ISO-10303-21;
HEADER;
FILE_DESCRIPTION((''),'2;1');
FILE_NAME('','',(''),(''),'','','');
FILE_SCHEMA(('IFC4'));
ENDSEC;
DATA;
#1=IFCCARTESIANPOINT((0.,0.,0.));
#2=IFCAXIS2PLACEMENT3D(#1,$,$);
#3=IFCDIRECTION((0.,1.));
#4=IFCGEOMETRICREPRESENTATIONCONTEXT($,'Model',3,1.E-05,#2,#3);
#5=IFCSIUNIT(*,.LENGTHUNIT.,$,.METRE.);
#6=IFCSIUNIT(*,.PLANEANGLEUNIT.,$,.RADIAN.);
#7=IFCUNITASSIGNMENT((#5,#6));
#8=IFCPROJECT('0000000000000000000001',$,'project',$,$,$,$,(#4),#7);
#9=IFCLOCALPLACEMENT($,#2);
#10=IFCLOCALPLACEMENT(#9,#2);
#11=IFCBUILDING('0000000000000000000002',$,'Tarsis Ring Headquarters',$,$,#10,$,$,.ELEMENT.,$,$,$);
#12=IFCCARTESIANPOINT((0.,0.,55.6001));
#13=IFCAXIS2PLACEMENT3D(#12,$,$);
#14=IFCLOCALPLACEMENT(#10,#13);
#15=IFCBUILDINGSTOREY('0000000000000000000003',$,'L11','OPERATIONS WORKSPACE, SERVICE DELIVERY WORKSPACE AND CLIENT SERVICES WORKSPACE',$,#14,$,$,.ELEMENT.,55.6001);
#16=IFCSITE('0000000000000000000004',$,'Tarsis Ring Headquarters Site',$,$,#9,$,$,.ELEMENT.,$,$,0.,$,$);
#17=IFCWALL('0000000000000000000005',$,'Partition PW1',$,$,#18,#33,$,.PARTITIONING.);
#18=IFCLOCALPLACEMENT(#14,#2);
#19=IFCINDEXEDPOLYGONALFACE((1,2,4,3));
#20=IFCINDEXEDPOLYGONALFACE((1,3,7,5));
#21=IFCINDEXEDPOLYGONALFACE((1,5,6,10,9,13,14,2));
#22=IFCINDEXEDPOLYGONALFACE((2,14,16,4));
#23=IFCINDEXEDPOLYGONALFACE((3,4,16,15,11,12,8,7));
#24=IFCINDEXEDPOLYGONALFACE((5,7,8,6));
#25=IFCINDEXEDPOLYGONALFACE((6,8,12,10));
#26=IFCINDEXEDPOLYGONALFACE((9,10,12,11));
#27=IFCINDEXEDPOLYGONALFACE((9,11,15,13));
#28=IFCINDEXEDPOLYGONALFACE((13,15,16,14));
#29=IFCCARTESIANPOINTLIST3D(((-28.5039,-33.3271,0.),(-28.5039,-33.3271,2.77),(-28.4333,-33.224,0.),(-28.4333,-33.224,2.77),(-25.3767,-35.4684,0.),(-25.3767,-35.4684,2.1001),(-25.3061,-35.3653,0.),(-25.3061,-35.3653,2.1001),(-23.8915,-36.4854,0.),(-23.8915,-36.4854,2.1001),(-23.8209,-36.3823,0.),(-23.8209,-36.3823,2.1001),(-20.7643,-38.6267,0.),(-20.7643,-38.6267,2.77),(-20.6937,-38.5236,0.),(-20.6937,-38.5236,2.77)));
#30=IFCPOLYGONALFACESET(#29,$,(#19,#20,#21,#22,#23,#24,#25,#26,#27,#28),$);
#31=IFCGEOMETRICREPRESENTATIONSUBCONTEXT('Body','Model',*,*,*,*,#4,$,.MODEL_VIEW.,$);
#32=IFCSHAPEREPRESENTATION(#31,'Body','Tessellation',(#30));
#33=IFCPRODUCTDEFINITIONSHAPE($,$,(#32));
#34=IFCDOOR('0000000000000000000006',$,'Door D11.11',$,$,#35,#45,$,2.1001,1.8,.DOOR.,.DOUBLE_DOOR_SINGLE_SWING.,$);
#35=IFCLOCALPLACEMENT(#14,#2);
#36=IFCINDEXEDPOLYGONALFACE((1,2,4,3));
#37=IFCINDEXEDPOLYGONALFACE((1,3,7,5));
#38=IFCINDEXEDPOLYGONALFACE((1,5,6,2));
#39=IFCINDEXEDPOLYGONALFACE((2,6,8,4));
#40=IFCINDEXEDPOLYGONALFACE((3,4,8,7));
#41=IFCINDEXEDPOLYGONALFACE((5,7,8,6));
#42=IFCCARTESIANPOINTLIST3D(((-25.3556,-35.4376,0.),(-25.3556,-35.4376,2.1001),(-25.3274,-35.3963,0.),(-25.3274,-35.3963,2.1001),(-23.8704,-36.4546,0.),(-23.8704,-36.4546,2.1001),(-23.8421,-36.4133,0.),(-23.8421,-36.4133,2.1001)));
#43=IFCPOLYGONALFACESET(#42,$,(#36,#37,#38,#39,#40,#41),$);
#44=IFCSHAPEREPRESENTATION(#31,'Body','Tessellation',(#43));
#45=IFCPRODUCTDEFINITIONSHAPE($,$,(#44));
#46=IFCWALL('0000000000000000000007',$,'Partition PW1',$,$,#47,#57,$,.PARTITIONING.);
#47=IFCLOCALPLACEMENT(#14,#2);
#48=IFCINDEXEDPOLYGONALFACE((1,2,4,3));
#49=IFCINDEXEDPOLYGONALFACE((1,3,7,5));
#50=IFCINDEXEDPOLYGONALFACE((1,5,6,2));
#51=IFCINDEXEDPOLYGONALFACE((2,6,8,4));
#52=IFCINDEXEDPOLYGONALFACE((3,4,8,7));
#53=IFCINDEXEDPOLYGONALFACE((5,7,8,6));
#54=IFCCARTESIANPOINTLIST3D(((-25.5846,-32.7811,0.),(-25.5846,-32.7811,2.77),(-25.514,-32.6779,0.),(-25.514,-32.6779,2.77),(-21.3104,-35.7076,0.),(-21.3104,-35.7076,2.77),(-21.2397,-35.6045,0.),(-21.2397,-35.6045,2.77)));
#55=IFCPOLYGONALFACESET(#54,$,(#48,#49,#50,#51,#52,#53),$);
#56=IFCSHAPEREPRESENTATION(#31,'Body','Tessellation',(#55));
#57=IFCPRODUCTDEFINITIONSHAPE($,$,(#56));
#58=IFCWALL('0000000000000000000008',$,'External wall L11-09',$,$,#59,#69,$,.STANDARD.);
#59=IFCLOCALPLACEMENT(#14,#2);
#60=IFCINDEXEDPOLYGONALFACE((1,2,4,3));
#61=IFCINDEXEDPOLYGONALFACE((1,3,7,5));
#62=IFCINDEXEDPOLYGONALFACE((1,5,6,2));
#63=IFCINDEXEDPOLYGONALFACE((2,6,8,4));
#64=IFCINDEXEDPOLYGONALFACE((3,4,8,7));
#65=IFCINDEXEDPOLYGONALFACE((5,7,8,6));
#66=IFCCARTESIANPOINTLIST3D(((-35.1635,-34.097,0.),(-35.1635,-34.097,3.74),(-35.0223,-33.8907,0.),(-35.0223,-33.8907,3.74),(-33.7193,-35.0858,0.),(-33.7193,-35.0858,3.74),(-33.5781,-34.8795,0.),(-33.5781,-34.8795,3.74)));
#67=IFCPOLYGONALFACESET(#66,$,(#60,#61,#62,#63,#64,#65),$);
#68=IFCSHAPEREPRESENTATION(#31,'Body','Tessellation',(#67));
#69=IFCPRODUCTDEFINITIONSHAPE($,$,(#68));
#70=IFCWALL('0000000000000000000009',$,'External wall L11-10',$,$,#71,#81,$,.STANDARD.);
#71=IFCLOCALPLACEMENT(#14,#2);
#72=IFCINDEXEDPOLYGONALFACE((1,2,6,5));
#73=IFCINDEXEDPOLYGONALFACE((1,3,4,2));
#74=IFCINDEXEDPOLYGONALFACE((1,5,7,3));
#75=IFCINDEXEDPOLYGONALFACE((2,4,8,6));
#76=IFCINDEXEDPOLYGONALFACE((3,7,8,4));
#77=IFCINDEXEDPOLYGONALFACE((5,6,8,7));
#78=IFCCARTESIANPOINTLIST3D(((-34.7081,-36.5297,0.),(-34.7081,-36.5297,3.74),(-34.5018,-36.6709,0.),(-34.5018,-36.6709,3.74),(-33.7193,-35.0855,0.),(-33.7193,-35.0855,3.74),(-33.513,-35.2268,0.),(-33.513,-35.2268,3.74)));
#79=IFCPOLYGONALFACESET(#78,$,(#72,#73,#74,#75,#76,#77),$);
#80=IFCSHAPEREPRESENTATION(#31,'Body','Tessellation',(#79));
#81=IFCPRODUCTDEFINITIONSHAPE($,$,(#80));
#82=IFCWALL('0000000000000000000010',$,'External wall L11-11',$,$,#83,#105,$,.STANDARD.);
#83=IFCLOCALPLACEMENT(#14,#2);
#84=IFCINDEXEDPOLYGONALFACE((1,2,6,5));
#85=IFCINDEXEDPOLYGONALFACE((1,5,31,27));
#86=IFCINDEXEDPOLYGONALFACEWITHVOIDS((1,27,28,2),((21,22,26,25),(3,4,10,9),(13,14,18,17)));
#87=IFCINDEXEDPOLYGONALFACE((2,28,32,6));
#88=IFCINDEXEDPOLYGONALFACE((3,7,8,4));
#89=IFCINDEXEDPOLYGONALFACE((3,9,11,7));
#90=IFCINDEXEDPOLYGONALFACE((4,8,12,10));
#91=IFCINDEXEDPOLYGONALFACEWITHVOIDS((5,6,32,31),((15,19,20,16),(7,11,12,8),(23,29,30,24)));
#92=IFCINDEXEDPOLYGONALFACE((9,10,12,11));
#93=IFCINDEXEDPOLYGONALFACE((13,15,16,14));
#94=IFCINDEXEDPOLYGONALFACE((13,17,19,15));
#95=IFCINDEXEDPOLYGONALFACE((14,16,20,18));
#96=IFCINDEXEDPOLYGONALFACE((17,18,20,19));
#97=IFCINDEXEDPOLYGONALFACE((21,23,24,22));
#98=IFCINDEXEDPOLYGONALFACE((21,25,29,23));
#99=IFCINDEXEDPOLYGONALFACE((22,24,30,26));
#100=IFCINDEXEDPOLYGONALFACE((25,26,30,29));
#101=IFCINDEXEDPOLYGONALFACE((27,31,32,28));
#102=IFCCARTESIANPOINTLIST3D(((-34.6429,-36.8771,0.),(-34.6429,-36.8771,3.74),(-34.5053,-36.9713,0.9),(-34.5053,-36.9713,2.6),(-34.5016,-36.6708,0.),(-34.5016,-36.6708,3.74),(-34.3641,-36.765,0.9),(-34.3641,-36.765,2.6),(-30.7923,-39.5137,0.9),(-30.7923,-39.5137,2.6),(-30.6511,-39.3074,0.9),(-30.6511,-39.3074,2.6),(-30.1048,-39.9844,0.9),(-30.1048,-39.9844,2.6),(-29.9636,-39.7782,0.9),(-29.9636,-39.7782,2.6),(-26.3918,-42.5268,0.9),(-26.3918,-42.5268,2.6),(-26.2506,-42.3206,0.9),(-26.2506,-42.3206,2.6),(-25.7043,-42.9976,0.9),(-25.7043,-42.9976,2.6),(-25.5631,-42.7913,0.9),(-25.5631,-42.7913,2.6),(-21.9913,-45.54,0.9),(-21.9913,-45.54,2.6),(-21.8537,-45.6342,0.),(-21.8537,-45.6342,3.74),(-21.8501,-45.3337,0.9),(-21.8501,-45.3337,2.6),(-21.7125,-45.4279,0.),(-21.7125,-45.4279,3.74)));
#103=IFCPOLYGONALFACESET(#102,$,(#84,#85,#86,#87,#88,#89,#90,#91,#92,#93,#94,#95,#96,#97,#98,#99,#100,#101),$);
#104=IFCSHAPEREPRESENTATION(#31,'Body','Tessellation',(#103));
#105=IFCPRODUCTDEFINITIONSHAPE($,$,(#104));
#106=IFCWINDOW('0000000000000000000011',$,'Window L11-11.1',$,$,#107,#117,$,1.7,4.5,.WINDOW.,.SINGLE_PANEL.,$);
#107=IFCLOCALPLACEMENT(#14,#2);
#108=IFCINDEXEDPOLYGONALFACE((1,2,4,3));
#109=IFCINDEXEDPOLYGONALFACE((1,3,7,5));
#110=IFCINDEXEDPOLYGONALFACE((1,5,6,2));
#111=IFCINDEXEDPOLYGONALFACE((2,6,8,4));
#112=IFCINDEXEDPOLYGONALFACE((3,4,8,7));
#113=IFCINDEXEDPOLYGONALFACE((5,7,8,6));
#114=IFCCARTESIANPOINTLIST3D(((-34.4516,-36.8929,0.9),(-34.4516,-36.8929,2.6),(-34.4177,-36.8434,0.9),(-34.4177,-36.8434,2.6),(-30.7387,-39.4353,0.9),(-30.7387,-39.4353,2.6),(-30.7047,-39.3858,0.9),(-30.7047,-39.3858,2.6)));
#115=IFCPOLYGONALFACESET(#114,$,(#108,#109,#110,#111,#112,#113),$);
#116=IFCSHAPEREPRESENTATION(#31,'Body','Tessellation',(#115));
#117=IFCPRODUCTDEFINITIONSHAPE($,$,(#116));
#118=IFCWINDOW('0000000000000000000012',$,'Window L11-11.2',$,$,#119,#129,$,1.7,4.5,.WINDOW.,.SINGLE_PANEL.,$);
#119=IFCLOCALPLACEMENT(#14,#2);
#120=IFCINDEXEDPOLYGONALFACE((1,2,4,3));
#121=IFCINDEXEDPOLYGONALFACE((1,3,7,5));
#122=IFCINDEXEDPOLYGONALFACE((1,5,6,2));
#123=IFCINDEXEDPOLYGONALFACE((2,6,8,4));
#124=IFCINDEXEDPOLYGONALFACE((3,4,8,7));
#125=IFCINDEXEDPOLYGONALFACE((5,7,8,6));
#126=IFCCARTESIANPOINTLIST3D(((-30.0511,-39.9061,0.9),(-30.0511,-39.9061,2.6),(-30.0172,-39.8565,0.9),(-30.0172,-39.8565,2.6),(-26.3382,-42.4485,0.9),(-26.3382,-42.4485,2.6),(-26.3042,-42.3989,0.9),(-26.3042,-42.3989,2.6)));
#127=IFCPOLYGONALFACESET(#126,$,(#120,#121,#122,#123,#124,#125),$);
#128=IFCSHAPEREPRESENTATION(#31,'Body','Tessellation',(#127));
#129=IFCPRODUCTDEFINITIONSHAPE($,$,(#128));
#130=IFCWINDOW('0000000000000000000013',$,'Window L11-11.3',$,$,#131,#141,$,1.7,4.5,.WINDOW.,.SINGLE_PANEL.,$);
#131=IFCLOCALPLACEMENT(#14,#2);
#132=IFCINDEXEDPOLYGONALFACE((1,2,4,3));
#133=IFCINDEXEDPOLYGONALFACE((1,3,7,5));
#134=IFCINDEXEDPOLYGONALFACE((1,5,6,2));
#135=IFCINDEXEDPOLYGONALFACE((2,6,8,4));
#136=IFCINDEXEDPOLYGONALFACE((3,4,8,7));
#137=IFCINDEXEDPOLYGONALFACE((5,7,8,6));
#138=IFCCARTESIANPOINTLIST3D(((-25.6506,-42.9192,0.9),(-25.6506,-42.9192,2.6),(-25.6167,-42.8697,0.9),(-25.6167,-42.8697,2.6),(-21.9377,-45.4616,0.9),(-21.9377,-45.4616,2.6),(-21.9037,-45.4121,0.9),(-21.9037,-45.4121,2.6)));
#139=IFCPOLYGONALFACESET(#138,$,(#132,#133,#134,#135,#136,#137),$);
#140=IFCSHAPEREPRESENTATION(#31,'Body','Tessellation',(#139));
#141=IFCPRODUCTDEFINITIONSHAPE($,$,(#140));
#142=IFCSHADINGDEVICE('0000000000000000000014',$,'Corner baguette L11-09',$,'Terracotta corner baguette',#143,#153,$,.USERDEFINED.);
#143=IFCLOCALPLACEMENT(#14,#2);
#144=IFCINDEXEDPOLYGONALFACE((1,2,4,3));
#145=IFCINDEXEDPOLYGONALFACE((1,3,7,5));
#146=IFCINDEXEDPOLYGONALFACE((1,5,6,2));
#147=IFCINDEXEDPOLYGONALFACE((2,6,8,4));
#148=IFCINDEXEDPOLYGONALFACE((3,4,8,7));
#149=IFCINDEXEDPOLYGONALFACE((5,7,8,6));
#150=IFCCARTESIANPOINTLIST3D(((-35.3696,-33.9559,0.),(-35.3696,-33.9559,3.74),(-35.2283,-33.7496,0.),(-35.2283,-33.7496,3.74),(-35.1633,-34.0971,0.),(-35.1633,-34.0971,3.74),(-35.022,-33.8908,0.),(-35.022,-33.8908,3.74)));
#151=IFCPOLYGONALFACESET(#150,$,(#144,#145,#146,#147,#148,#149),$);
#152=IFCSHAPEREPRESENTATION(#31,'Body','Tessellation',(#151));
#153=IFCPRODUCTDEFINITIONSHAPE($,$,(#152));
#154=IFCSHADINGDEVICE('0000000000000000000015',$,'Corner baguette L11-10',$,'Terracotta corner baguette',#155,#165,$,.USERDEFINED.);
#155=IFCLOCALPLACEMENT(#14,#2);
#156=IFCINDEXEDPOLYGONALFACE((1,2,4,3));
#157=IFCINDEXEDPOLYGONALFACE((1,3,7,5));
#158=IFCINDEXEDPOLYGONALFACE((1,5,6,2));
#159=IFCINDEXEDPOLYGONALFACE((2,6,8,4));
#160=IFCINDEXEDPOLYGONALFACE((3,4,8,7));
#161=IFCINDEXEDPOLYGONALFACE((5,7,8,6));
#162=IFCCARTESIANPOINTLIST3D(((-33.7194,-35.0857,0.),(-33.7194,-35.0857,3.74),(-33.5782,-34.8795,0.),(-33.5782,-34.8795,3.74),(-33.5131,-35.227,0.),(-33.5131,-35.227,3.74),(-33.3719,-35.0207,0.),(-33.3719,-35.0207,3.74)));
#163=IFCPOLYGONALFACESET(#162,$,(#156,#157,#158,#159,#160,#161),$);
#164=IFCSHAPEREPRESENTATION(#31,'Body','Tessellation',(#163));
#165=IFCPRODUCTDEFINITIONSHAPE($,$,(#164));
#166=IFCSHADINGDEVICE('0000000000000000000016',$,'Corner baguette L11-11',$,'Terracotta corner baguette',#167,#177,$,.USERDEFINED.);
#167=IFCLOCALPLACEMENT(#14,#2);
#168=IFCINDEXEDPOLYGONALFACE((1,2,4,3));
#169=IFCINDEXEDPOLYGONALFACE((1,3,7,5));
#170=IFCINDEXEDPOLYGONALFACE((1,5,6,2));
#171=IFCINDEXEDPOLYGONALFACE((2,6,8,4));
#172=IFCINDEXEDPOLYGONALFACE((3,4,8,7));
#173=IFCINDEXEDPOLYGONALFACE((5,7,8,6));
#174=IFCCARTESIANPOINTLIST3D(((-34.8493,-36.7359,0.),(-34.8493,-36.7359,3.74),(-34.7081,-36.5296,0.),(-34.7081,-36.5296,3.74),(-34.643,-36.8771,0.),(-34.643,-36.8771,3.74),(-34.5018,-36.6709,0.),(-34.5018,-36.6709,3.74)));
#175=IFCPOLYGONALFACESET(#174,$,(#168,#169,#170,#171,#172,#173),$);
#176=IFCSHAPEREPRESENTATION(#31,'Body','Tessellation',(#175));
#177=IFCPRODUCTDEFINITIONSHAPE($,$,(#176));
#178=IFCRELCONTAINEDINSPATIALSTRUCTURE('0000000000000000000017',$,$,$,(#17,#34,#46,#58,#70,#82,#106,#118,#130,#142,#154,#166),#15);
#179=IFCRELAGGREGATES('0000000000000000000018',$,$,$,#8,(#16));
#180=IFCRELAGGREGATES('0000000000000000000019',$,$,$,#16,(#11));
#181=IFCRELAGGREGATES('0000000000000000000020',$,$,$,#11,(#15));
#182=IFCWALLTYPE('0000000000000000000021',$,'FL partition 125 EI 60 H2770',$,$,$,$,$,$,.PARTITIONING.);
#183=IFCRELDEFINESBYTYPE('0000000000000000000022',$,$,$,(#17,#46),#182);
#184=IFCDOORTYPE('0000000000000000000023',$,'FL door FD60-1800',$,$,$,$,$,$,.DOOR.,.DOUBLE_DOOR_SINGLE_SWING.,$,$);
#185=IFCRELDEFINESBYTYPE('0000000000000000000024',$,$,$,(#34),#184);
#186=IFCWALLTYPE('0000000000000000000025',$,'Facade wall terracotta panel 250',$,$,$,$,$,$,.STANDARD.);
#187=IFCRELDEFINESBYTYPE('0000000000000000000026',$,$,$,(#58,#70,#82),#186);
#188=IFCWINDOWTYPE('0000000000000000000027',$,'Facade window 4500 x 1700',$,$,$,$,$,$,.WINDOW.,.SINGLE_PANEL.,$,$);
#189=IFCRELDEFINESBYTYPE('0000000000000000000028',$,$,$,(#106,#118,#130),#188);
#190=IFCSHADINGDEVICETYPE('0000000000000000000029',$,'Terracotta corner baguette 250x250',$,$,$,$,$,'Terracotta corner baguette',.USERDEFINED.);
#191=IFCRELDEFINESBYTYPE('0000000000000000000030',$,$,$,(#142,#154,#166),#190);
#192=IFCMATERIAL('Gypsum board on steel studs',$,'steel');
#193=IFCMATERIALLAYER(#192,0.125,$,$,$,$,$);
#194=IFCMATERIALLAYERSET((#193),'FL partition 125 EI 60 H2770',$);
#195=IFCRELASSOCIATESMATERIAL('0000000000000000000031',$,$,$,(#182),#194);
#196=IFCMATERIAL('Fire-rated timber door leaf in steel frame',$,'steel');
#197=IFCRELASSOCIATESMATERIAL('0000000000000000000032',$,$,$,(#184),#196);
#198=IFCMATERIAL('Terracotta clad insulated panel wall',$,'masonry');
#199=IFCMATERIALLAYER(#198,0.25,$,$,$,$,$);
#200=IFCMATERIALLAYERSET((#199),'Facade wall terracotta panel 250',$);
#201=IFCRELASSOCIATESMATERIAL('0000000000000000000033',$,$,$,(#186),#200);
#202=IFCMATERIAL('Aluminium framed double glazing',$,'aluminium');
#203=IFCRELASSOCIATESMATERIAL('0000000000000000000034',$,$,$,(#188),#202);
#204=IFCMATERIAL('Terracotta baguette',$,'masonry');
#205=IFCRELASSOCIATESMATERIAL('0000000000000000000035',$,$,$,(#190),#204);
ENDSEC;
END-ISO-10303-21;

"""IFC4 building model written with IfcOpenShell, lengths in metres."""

from ifc_helpers import new_model, si_unit, direction, frame, frame_2d, origin, origin_2d, place, context, subcontext, project, spatial, rectangle, extrude, material, layer, layer_set, type_object, element, fill, save


model = new_model("IFC4")

# Units and contexts
model_context = context("Model", 3, precision=1e-05, world=origin(), true_north=direction((0.0, 1.0)))
body_context = subcontext(model_context, "Body", "Model", "MODEL_VIEW")
ifc_project = project(units=[si_unit("LENGTHUNIT", "METRE"), si_unit("PLANEANGLEUNIT", "RADIAN")], contexts=[model_context])

# Site, building, storey
site_placement = place(None, origin())
site = spatial("IfcSite", under=ifc_project, at=site_placement, Name="Tarsis Ring Headquarters Site", CompositionType="ELEMENT", RefElevation=0.0)
building_placement = place(site_placement, origin())
building = spatial("IfcBuilding", under=site, at=building_placement, Name="Tarsis Ring Headquarters", CompositionType="ELEMENT")
storey_placement = place(building_placement, frame((0.0, 0.0, 55.6001)))
storey = spatial("IfcBuildingStorey", under=building, at=storey_placement, Name="L11", Description="OPERATIONS WORKSPACE, SERVICE DELIVERY WORKSPACE AND CLIENT SERVICES WORKSPACE", CompositionType="ELEMENT", Elevation=55.6001)

# Wall, opening, door
ifc_material_1 = material(Name="Gypsum board on steel studs", Category="steel")
ifc_layer_1 = layer(ifc_material_1, 0.125)
ifc_layer_set_1 = layer_set([ifc_layer_1], Name="FL partition 125 EI 60 H2770")
wall_type_1 = type_object("IfcWallType", Name="FL partition 125 EI 60 H2770", PredefinedType="PARTITIONING", material=ifc_layer_set_1)
ifc_material_2 = material(Name="Fire-rated timber door leaf in steel frame", Category="steel")
wall_1_placement = place(storey_placement, frame((-28.4685, -33.2756, 0.0), z_axis=(0.0, 0.0, 1.0), x_axis=(0.825103, -0.564982, 0.0)))
wall_1 = element("IfcWall", 1, at=wall_1_placement, inside=storey, type_object=wall_type_1, Name="Partition PW1", PredefinedType="PARTITIONING", context=body_context, shape_type="SweptSolid", body=[
    extrude(rectangle(XDim=9.3801, YDim=0.125, at=frame_2d((4.6899, 0.0))), origin(), (0.0, 0.0, 1.0), 2.77),
])
opening_1_placement = place(wall_1_placement, frame((3.79, 0.0, 0.0)))
opening_1 = element("IfcOpeningElement", 2, at=opening_1_placement, cuts=wall_1, PredefinedType="OPENING", context=body_context, shape_type="SweptSolid", body=[
    extrude(rectangle(XDim=1.8, YDim=2.1001, at=frame_2d((0.8999, 1.05))), frame((0.0, 0.0725, 0.0), z_axis=(0.0, -1.0, 0.0), x_axis=(1.0, 0.0, 0.0)), (0.0, 0.0, 1.0), 0.145),
])
door_type_1 = type_object("IfcDoorType", Name="FL door FD60-1800", OperationType="DOUBLE_DOOR_SINGLE_SWING", PredefinedType="DOOR", material=ifc_material_2)
door_1_placement = place(opening_1_placement, origin())
door_1 = element("IfcDoor", 3, at=door_1_placement, inside=storey, type_object=door_type_1, Name="Door D11.11", OperationType="DOUBLE_DOOR_SINGLE_SWING", OverallHeight=2.1001, OverallWidth=1.8, PredefinedType="DOOR", context=body_context, shape_type="SweptSolid", body=[
    extrude(rectangle(XDim=1.8, YDim=2.1001, at=frame_2d((0.8999, 1.05))), frame((0.0, 0.0249, 0.0), z_axis=(0.0, -1.0, 0.0), x_axis=(1.0, 0.0, 0.0)), (0.0, 0.0, 1.0), 0.05),
])
fill(opening_1, door_1)

# Walls
wall_2_placement = place(storey_placement, frame((-25.5493, -32.7295, 0.0), z_axis=(0.0, 0.0, 1.0), x_axis=(0.82512, -0.564958, 0.0)))
element("IfcWall", 4, at=wall_2_placement, inside=storey, type_object=wall_type_1, Name="Partition PW1", PredefinedType="PARTITIONING", context=body_context, shape_type="SweptSolid", body=[
    extrude(rectangle(XDim=5.1802, YDim=0.125, at=frame_2d((2.5901, 0.0))), origin(), (0.0, 0.0, 1.0), 2.77),
])
ifc_material_3 = material(Name="Terracotta clad insulated panel wall", Category="masonry")
ifc_layer_2 = layer(ifc_material_3, 0.25)
ifc_layer_set_2 = layer_set([ifc_layer_2], Name="Facade wall terracotta panel 250")
wall_type_2 = type_object("IfcWallType", Name="Facade wall terracotta panel 250", PredefinedType="STANDARD", material=ifc_layer_set_2)
for number, where, z_axis, x_axis, name in (
    (5, (-35.0928, -33.9939, 0.0), (0.0, 0.0, 1.0), (0.825119, -0.564959, 0.0), "External wall L11-09"),
    (6, (-33.6162, -35.1562, 0.0), (0.0, 0.0, 1.0), (-0.564959, -0.825119, 0.0), "External wall L11-10"),
):
    element("IfcWall", number, at=place(storey_placement, frame(where, z_axis=z_axis, x_axis=x_axis)), inside=storey, type_object=wall_type_2, Name=name, PredefinedType="STANDARD", context=body_context, shape_type="SweptSolid", body=[
        extrude(rectangle(XDim=1.7502, YDim=0.25, at=frame_2d((0.875, 0.0))), origin(), (0.0, 0.0, 1.0), 3.74),
    ])

# Wall, openings, windows
wall_3_placement = place(storey_placement, frame((-34.5723, -36.7739, 0.0), z_axis=(0.0, 0.0, 1.0), x_axis=(0.825107, -0.564977, 0.0)))
wall_3 = element("IfcWall", 7, at=wall_3_placement, inside=storey, type_object=wall_type_2, Name="External wall L11-11", PredefinedType="STANDARD", context=body_context, shape_type="SweptSolid", body=[
    extrude(rectangle(XDim=15.5, YDim=0.25, at=frame_2d((7.75, 0.0))), origin(), (0.0, 0.0, 1.0), 3.74),
])
opening_2_placement = place(wall_3_placement, frame((0.1667, 0.0, 0.8999)))
opening_2 = element("IfcOpeningElement", 8, at=opening_2_placement, cuts=wall_3, PredefinedType="OPENING", context=body_context, shape_type="SweptSolid", body=[
    extrude(rectangle(XDim=4.5, YDim=1.7, at=frame_2d((2.25, 0.8501))), frame((0.0, 0.135, 0.0), z_axis=(0.0, -1.0, 0.0), x_axis=(1.0, 0.0, 0.0)), (0.0, 0.0, 1.0), 0.27),
])
opening_3_placement = place(wall_3_placement, frame((5.5, 0.0, 0.8999)))
opening_3 = element("IfcOpeningElement", 9, at=opening_3_placement, cuts=wall_3, PredefinedType="OPENING", context=body_context, shape_type="SweptSolid", body=[
    extrude(rectangle(XDim=4.5, YDim=1.7, at=frame_2d((2.25, 0.8501))), frame((0.0, 0.135, 0.0), z_axis=(0.0, -1.0, 0.0), x_axis=(1.0, 0.0, 0.0)), (0.0, 0.0, 1.0), 0.27),
])
opening_4_placement = place(wall_3_placement, frame((10.8333, 0.0, 0.8999)))
opening_4 = element("IfcOpeningElement", 10, at=opening_4_placement, cuts=wall_3, PredefinedType="OPENING", context=body_context, shape_type="SweptSolid", body=[
    extrude(rectangle(XDim=4.5, YDim=1.7, at=frame_2d((2.25, 0.8501))), frame((0.0, 0.135, 0.0), z_axis=(0.0, -1.0, 0.0), x_axis=(1.0, 0.0, 0.0)), (0.0, 0.0, 1.0), 0.27),
])
ifc_material_4 = material(Name="Aluminium framed double glazing", Category="aluminium")
window_type = type_object("IfcWindowType", Name="Facade window 4500 x 1700", PartitioningType="SINGLE_PANEL", PredefinedType="WINDOW", material=ifc_material_4)
window_1_placement = place(opening_2_placement, origin())
window_1 = element("IfcWindow", 11, at=window_1_placement, inside=storey, type_object=window_type, Name="Window L11-11.1", OverallHeight=1.7, OverallWidth=4.5, PartitioningType="SINGLE_PANEL", PredefinedType="WINDOW", context=body_context, shape_type="SweptSolid", body=[
    extrude(rectangle(XDim=4.5, YDim=1.7, at=frame_2d((2.25, 0.8501))), frame((0.0, 0.03, 0.0), z_axis=(0.0, -1.0, 0.0), x_axis=(1.0, 0.0, 0.0)), (0.0, 0.0, 1.0), 0.0601),
])
fill(opening_2, window_1)
window_2_placement = place(opening_3_placement, origin())
window_2 = element("IfcWindow", 12, at=window_2_placement, inside=storey, type_object=window_type, Name="Window L11-11.2", OverallHeight=1.7, OverallWidth=4.5, PartitioningType="SINGLE_PANEL", PredefinedType="WINDOW", context=body_context, shape_type="SweptSolid", body=[
    extrude(rectangle(XDim=4.5, YDim=1.7, at=frame_2d((2.25, 0.8501))), frame((0.0, 0.03, 0.0), z_axis=(0.0, -1.0, 0.0), x_axis=(1.0, 0.0, 0.0)), (0.0, 0.0, 1.0), 0.0601),
])
fill(opening_3, window_2)
window_3_placement = place(opening_4_placement, origin())
window_3 = element("IfcWindow", 13, at=window_3_placement, inside=storey, type_object=window_type, Name="Window L11-11.3", OverallHeight=1.7, OverallWidth=4.5, PartitioningType="SINGLE_PANEL", PredefinedType="WINDOW", context=body_context, shape_type="SweptSolid", body=[
    extrude(rectangle(XDim=4.5, YDim=1.7, at=frame_2d((2.25, 0.8501))), frame((0.0, 0.03, 0.0), z_axis=(0.0, -1.0, 0.0), x_axis=(1.0, 0.0, 0.0)), (0.0, 0.0, 1.0), 0.0601),
])
fill(opening_4, window_3)

# Shading devices
ifc_material_5 = material(Name="Terracotta baguette", Category="masonry")
shading_device_type_1 = type_object("IfcShadingDeviceType", Name="Terracotta corner baguette 250x250", ElementType="Terracotta corner baguette", PredefinedType="USERDEFINED", material=ifc_material_5)
for number, where, z_axis, x_axis, name in (
    (14, (-35.1958, -33.9233, 0.0), (0.0, 0.0, 1.0), (-0.564967, -0.825113, 0.0), "Corner baguette L11-09"),
    (15, (-33.5457, -35.0532, 0.0), (0.0, 0.0, 1.0), (0.825113, -0.564967, 0.0), "Corner baguette L11-10"),
    (16, (-34.6755, -36.7034, 0.0), (0.0, 0.0, 1.0), (-0.564967, -0.825113, 0.0), "Corner baguette L11-11"),
):
    element("IfcShadingDevice", number, at=place(storey_placement, frame(where, z_axis=z_axis, x_axis=x_axis)), inside=storey, type_object=shading_device_type_1, Name=name, ObjectType="Terracotta corner baguette", PredefinedType="USERDEFINED", context=body_context, shape_type="SweptSolid", body=[
        extrude(rectangle(XDim=0.25, YDim=0.25, at=origin_2d()), origin(), (0.0, 0.0, 1.0), 3.74),
    ])

save(model, "model.ifc")
